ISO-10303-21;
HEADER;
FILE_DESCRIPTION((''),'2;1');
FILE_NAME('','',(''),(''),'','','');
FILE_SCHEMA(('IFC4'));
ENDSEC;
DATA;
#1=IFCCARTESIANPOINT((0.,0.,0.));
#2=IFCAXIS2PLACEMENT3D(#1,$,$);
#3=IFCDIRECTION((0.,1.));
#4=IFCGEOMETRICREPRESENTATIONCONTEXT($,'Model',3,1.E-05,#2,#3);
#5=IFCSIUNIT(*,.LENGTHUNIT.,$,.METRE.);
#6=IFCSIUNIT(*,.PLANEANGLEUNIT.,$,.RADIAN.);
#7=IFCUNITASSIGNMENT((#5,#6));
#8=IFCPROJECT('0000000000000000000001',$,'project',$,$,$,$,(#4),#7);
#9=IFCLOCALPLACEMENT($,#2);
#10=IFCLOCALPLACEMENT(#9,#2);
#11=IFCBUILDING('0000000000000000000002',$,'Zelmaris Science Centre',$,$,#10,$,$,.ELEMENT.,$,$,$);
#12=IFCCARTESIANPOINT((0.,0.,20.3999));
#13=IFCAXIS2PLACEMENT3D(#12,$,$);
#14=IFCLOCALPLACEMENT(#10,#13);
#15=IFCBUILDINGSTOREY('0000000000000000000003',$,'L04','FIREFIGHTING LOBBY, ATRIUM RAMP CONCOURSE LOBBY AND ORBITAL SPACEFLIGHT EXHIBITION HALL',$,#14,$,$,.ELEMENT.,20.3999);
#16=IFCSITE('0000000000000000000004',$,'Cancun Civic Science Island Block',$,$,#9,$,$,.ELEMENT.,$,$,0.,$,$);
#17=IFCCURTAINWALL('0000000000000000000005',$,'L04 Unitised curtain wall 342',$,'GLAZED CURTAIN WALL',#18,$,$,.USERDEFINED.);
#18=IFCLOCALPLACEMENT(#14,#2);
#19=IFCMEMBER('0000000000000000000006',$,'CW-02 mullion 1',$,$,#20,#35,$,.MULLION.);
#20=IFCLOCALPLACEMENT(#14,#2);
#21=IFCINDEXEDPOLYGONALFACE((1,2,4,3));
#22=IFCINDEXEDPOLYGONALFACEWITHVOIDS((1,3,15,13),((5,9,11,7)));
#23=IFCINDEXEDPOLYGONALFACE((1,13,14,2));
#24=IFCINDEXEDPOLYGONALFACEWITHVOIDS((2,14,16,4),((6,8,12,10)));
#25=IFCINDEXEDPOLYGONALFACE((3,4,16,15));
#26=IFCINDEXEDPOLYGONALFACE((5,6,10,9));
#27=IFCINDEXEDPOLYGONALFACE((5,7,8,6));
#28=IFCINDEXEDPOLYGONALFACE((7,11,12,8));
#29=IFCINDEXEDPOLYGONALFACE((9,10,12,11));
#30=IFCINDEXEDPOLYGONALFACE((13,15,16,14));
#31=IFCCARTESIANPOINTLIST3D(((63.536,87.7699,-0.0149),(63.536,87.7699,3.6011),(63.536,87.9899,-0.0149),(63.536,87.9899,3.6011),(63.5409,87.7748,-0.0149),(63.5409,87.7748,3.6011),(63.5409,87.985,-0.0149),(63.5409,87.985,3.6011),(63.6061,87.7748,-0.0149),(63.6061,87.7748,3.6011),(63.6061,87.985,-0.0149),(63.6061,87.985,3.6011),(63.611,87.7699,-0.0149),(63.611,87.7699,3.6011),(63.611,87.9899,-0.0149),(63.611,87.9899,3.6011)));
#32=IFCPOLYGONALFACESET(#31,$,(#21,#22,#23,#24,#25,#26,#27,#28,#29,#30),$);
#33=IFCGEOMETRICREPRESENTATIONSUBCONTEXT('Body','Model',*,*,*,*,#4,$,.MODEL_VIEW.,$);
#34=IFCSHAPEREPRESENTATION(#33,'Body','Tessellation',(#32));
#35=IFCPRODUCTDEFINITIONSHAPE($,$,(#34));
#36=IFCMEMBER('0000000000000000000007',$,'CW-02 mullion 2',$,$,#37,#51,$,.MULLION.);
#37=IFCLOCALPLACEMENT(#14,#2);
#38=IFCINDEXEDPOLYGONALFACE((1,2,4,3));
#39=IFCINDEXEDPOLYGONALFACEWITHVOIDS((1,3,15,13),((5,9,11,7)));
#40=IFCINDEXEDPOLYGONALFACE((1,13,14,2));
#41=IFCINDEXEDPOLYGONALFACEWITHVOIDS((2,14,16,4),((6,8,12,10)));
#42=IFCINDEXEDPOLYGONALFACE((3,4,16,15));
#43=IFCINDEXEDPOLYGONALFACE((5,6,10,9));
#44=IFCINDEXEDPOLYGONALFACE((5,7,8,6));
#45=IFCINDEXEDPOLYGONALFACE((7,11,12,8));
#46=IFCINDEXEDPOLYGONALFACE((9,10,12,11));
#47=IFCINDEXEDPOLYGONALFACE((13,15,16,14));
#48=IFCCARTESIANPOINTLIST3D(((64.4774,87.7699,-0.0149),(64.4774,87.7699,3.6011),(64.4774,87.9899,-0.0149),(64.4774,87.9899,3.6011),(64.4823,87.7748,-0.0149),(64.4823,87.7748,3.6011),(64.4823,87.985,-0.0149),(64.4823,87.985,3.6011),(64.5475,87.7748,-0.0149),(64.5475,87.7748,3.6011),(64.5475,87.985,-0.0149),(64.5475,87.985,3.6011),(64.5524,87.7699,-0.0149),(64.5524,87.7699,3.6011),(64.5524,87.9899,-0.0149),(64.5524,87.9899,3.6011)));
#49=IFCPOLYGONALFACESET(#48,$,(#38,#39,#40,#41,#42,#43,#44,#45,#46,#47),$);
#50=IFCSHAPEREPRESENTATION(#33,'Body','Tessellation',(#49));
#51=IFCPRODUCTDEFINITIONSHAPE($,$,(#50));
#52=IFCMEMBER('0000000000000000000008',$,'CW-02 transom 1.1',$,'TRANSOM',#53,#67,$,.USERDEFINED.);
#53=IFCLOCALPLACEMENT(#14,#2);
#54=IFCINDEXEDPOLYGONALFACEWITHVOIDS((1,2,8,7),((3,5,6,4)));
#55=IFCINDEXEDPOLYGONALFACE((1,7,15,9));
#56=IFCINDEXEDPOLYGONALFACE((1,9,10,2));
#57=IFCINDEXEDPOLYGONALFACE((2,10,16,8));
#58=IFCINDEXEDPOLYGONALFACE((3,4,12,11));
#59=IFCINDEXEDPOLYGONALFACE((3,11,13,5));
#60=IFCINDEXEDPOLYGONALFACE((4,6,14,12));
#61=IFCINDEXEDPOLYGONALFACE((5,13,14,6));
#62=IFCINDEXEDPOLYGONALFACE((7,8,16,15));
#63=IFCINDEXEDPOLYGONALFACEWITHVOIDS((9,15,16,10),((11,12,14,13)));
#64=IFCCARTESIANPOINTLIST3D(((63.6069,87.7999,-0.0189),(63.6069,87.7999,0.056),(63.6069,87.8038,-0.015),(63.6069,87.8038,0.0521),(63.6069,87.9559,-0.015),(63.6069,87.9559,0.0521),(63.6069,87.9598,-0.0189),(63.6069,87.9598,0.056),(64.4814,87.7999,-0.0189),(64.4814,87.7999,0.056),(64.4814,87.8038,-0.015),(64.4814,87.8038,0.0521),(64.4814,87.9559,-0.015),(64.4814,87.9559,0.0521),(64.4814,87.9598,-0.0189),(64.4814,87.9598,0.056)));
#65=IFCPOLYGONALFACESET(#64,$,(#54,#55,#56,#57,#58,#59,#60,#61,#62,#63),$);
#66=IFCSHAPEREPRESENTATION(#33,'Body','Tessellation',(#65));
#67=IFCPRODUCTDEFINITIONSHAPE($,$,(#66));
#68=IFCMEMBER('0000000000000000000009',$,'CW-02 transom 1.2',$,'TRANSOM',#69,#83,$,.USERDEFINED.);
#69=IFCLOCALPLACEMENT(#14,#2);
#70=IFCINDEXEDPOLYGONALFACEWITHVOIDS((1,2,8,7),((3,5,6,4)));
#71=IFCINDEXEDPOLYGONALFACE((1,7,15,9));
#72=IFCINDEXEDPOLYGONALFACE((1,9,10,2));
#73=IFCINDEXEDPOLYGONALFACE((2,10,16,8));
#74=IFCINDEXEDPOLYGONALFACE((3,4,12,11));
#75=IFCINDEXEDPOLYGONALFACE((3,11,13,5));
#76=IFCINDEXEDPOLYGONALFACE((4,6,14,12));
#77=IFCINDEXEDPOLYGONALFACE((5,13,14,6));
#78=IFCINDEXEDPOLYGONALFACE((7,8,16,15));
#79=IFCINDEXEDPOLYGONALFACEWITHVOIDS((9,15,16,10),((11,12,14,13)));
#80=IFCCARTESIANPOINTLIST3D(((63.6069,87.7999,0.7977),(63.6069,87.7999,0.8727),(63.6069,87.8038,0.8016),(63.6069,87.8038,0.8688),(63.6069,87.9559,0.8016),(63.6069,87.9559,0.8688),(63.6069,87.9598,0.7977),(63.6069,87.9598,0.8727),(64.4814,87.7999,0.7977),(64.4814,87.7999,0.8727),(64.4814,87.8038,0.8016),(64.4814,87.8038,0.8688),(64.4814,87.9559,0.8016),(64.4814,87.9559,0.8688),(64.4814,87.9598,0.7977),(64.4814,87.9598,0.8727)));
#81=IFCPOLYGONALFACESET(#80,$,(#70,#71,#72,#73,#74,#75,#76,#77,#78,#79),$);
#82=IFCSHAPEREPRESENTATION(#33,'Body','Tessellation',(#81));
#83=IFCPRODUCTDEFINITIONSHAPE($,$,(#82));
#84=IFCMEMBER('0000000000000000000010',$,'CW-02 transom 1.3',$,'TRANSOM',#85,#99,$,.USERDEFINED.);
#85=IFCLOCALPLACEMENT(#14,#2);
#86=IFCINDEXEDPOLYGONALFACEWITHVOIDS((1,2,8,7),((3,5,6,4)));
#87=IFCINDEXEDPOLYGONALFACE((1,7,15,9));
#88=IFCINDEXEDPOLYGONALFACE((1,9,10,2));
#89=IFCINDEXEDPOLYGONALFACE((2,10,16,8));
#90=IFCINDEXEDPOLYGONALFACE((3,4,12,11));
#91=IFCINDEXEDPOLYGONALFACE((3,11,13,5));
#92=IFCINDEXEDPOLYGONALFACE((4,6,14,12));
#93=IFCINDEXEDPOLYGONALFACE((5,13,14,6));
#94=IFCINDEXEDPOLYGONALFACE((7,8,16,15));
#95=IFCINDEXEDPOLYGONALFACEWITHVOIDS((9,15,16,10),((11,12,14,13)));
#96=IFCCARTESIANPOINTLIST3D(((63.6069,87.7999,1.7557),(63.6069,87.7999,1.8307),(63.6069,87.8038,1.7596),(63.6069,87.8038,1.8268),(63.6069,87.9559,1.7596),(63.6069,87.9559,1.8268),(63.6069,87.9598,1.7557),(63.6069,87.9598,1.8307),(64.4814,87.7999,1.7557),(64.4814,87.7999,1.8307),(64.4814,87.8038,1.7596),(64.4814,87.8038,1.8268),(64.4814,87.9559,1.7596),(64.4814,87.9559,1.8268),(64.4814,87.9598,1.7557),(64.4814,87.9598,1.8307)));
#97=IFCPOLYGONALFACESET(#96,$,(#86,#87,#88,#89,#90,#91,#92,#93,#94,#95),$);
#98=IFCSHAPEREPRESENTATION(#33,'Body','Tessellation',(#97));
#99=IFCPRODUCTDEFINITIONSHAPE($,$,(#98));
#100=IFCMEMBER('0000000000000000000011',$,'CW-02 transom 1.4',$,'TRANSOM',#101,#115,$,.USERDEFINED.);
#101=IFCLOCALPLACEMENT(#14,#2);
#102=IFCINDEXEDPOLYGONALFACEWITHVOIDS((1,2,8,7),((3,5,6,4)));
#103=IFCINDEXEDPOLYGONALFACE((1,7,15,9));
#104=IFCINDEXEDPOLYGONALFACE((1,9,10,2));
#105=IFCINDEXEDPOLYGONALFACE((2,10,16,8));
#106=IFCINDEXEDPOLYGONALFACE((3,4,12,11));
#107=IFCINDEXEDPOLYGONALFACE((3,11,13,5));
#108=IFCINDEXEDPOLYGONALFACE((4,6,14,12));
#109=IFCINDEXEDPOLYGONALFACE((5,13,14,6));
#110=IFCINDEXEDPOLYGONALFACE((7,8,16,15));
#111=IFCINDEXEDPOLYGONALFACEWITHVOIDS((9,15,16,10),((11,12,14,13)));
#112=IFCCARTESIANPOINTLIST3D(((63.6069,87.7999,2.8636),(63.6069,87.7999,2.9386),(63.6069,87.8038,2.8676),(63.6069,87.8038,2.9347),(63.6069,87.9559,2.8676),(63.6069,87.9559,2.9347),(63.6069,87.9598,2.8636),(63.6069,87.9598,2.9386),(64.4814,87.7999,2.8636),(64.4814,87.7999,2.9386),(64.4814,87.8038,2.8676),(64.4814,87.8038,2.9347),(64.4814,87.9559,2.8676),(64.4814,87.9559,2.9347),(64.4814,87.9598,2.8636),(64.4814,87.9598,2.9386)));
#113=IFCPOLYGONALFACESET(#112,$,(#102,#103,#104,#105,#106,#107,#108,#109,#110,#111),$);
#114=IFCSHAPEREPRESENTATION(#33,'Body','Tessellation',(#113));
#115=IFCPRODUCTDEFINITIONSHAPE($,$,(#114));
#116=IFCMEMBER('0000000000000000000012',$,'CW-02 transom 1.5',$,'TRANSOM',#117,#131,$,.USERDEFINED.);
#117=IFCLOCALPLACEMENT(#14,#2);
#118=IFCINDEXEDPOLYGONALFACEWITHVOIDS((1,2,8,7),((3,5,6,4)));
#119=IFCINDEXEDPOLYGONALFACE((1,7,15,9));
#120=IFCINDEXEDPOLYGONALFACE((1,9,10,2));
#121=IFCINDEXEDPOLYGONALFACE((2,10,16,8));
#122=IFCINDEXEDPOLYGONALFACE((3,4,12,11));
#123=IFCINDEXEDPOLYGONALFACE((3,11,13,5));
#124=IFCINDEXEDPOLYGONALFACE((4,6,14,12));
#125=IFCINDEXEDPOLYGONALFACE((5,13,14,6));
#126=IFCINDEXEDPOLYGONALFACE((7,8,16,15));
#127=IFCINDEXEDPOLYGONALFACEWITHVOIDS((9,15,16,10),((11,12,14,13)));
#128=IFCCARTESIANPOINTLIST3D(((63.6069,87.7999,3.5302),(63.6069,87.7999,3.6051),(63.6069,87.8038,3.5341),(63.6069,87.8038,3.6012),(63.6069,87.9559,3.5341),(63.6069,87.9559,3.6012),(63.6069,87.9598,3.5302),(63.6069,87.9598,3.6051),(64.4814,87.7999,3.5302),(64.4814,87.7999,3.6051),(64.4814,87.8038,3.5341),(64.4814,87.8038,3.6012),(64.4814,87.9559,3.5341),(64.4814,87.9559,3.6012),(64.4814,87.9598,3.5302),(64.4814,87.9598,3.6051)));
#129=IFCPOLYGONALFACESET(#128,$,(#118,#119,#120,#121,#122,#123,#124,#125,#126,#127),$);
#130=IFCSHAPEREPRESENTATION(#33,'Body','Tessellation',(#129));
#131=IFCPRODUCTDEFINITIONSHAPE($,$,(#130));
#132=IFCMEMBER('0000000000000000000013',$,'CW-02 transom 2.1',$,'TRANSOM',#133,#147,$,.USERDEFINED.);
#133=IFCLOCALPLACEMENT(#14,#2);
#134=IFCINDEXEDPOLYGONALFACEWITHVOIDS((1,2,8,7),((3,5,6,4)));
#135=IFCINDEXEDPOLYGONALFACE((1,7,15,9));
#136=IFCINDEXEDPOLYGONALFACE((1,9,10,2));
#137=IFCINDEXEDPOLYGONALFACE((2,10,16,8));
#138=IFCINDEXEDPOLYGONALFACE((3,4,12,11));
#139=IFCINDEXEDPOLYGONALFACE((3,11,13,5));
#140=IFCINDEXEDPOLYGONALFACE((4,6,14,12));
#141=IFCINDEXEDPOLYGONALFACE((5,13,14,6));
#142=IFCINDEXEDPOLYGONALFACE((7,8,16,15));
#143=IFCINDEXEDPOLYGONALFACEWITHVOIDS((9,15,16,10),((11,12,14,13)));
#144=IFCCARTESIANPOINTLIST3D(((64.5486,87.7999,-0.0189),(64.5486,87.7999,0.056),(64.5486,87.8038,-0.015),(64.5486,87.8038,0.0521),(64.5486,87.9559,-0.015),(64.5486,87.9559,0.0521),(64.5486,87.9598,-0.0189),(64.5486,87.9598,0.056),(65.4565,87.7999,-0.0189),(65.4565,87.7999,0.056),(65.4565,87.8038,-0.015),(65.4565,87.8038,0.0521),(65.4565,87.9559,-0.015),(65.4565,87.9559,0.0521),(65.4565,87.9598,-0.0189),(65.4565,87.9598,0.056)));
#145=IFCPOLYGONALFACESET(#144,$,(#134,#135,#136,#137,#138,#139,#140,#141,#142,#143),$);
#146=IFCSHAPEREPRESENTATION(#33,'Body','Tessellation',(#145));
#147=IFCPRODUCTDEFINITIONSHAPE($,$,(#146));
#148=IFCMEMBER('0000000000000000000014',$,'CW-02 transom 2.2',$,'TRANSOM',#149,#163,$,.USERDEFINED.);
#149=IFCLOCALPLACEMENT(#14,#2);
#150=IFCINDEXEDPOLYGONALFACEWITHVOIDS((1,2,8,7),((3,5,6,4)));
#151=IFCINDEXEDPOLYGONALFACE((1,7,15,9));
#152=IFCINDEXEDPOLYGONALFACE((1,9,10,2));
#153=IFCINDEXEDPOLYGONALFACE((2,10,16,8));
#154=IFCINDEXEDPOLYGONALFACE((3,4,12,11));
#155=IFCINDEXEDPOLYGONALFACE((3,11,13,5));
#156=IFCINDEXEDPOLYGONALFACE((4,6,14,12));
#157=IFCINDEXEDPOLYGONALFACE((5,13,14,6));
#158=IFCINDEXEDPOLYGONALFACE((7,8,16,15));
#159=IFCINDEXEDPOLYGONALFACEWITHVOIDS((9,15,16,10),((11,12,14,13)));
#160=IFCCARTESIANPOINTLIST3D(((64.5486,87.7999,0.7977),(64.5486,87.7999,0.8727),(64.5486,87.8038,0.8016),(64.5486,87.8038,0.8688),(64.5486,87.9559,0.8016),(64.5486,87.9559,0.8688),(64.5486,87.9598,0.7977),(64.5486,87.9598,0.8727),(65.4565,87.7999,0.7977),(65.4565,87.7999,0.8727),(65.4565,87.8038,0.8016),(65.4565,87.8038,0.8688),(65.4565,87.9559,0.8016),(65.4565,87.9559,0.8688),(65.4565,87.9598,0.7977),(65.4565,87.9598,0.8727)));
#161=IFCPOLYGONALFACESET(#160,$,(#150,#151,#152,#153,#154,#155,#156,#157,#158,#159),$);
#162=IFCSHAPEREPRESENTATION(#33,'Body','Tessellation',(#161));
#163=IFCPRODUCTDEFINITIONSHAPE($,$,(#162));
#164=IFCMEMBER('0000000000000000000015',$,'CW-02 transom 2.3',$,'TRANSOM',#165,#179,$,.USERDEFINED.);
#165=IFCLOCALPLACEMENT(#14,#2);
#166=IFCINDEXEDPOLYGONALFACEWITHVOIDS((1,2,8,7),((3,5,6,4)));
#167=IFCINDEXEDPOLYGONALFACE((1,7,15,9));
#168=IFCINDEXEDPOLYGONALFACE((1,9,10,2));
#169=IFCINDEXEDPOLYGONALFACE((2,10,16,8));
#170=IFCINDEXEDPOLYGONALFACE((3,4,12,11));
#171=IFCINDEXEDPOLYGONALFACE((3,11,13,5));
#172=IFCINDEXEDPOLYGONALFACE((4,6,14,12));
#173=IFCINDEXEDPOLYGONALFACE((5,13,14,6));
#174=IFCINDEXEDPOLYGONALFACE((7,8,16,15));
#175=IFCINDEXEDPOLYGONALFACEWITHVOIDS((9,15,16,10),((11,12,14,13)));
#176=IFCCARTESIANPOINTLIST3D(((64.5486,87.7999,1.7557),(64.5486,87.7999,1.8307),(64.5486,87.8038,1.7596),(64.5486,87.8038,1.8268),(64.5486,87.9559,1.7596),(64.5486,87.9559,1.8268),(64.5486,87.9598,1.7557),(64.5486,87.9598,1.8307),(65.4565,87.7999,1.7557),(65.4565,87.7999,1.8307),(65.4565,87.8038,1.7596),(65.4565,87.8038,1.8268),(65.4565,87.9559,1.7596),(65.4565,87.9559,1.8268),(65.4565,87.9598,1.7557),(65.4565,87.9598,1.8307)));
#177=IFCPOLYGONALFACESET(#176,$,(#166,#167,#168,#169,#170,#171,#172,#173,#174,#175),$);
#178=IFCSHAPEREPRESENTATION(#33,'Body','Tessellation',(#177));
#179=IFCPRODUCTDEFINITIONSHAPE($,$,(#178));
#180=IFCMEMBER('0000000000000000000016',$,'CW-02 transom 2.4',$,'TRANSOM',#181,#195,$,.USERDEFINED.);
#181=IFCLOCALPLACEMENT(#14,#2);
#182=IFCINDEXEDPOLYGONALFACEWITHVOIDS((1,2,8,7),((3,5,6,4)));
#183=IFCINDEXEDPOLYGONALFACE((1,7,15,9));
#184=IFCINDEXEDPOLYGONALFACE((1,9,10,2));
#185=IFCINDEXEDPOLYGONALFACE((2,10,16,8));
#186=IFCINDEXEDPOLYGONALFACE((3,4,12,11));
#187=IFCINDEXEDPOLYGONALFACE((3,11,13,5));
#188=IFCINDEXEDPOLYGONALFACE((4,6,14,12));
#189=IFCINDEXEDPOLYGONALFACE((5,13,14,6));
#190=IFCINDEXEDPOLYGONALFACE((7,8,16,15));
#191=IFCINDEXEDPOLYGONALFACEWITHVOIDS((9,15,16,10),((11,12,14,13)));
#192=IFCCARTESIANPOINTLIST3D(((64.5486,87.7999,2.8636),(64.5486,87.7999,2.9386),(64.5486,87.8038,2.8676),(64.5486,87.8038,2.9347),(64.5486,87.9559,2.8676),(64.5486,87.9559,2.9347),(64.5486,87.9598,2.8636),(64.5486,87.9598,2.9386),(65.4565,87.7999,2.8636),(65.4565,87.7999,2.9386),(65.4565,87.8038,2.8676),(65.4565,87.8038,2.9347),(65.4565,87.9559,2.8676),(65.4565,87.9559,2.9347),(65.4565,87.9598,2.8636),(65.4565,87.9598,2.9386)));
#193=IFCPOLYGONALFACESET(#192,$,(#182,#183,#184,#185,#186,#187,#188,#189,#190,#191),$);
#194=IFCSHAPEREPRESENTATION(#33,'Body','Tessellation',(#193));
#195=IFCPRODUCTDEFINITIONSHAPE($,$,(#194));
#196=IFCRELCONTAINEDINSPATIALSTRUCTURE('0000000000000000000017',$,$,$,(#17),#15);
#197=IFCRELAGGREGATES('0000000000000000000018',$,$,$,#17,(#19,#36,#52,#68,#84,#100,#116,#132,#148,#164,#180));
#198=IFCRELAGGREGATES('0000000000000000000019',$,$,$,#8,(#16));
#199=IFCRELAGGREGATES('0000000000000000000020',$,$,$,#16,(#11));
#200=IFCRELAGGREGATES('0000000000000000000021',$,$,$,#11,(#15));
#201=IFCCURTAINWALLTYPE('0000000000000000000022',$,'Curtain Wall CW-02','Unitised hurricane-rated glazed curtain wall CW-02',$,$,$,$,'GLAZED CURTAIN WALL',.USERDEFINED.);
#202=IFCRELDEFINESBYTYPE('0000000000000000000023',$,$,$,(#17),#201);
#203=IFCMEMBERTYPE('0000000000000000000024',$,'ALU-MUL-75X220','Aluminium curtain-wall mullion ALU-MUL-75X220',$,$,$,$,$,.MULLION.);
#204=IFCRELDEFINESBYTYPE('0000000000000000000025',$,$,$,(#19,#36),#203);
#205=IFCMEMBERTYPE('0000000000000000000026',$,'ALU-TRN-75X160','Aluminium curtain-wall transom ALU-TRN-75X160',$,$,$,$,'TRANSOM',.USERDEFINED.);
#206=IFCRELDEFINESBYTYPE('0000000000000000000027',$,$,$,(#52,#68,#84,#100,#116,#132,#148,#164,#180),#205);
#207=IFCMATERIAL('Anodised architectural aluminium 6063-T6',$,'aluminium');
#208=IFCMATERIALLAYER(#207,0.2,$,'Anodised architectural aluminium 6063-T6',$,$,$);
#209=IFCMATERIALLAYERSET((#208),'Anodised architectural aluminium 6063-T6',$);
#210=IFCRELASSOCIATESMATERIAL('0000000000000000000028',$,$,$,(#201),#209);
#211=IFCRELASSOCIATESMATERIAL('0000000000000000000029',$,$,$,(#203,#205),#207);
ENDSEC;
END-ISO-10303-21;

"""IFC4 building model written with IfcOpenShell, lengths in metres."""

from ifc_helpers import new_model, si_unit, direction, frame, origin, origin_2d, place, context, subcontext, project, spatial, hollow_rectangle, extrude, material, layer, layer_set, material_profile, profile_set, type_object, element, aggregate, save


model = new_model("IFC4")

# Units and contexts
model_context = context("Model", 3, precision=1e-05, world=origin(), true_north=direction((0.0, 1.0)))
body_context = subcontext(model_context, "Body", "Model", "MODEL_VIEW")
ifc_project = project(units=[si_unit("LENGTHUNIT", "METRE"), si_unit("PLANEANGLEUNIT", "RADIAN")], contexts=[model_context])

# Site, building, storey
site_placement = place(None, origin())
site = spatial("IfcSite", under=ifc_project, at=site_placement, Name="Cancun Civic Science Island Block", CompositionType="ELEMENT", RefElevation=0.0)
building_placement = place(site_placement, origin())
building = spatial("IfcBuilding", under=site, at=building_placement, Name="Zelmaris Science Centre", CompositionType="ELEMENT")
storey_placement = place(building_placement, frame((0.0, 0.0, 20.3999)))
storey = spatial("IfcBuildingStorey", under=building, at=storey_placement, Name="L04", Description="FIREFIGHTING LOBBY, ATRIUM RAMP CONCOURSE LOBBY AND ORBITAL SPACEFLIGHT EXHIBITION HALL", CompositionType="ELEMENT", Elevation=20.3999)

# Curtain wall, members
ifc_material_1 = material(Name="Anodised architectural aluminium 6063-T6", Category="aluminium")
ifc_layer_1 = layer(ifc_material_1, 0.2, Name="Anodised architectural aluminium 6063-T6")
ifc_layer_set_1 = layer_set([ifc_layer_1], Name="Anodised architectural aluminium 6063-T6")
curtain_wall_type = type_object("IfcCurtainWallType", Name="Curtain Wall CW-02", Description="Unitised hurricane-rated glazed curtain wall CW-02", ElementType="GLAZED CURTAIN WALL", PredefinedType="USERDEFINED", material=ifc_layer_set_1)
curtain_wall_placement = place(storey_placement, origin())
curtain_wall = element("IfcCurtainWall", 1, at=curtain_wall_placement, inside=storey, type_object=curtain_wall_type, Name="L04 Unitised curtain wall 342", ObjectType="GLAZED CURTAIN WALL", PredefinedType="USERDEFINED")
ifc_material_profile_1 = material_profile(ifc_material_1, hollow_rectangle(XDim=0.075, YDim=0.22, WallThickness=0.0049, at=origin_2d()), Name="ALU-MUL-75X220")
ifc_profile_set_1 = profile_set([ifc_material_profile_1], Name="Anodised architectural aluminium 6063-T6")
member_type_1 = type_object("IfcMemberType", Name="ALU-MUL-75X220", Description="Aluminium curtain-wall mullion ALU-MUL-75X220", PredefinedType="MULLION", material=ifc_profile_set_1)
member_1_placement = place(storey_placement, frame((63.5735, 87.8799, -0.0149), z_axis=(0.0, 0.0, 1.0), x_axis=(1.0, 0.0, 0.0)))
member_1 = element("IfcMember", 2, at=member_1_placement, type_object=member_type_1, Name="CW-02 mullion 1", PredefinedType="MULLION", context=body_context, shape_type="SweptSolid", body=[
    extrude(hollow_rectangle(XDim=0.075, YDim=0.22, WallThickness=0.0049, at=origin_2d()), origin(), (0.0, 0.0, 1.0), 3.616),
])
member_2_placement = place(storey_placement, frame((64.5149, 87.8799, -0.0149), z_axis=(0.0, 0.0, 1.0), x_axis=(1.0, 0.0, 0.0)))
member_2 = element("IfcMember", 3, at=member_2_placement, type_object=member_type_1, Name="CW-02 mullion 2", PredefinedType="MULLION", context=body_context, shape_type="SweptSolid", body=[
    extrude(hollow_rectangle(XDim=0.075, YDim=0.22, WallThickness=0.0049, at=origin_2d()), origin(), (0.0, 0.0, 1.0), 3.616),
])
ifc_material_profile_2 = material_profile(ifc_material_1, hollow_rectangle(XDim=0.075, YDim=0.1599, WallThickness=0.0039, at=origin_2d()), Name="ALU-TRN-75X160")
ifc_profile_set_2 = profile_set([ifc_material_profile_2], Name="Anodised architectural aluminium 6063-T6")
member_type_2 = type_object("IfcMemberType", Name="ALU-TRN-75X160", Description="Aluminium curtain-wall transom ALU-TRN-75X160", ElementType="TRANSOM", PredefinedType="USERDEFINED", material=ifc_profile_set_2)
member_3_placement = place(storey_placement, frame((63.6069, 87.8799, 0.0186), z_axis=(1.0, 0.0, 0.0), x_axis=(0.0, 0.0, 1.0)))
member_3 = element("IfcMember", 4, at=member_3_placement, type_object=member_type_2, Name="CW-02 transom 1.1", ObjectType="TRANSOM", PredefinedType="USERDEFINED", context=body_context, shape_type="SweptSolid", body=[
    extrude(hollow_rectangle(XDim=0.075, YDim=0.1599, WallThickness=0.0039, at=origin_2d()), origin(), (0.0, 0.0, 1.0), 0.8745),
])
member_4_placement = place(storey_placement, frame((63.6069, 87.8799, 0.8352), z_axis=(1.0, 0.0, 0.0), x_axis=(0.0, 0.0, 1.0)))
member_4 = element("IfcMember", 5, at=member_4_placement, type_object=member_type_2, Name="CW-02 transom 1.2", ObjectType="TRANSOM", PredefinedType="USERDEFINED", context=body_context, shape_type="SweptSolid", body=[
    extrude(hollow_rectangle(XDim=0.075, YDim=0.1599, WallThickness=0.0039, at=origin_2d()), origin(), (0.0, 0.0, 1.0), 0.8745),
])
member_5_placement = place(storey_placement, frame((63.6069, 87.8799, 1.7932), z_axis=(1.0, 0.0, 0.0), x_axis=(0.0, 0.0, 1.0)))
member_5 = element("IfcMember", 6, at=member_5_placement, type_object=member_type_2, Name="CW-02 transom 1.3", ObjectType="TRANSOM", PredefinedType="USERDEFINED", context=body_context, shape_type="SweptSolid", body=[
    extrude(hollow_rectangle(XDim=0.075, YDim=0.1599, WallThickness=0.0039, at=origin_2d()), origin(), (0.0, 0.0, 1.0), 0.8745),
])
member_6_placement = place(storey_placement, frame((63.6069, 87.8799, 2.9011), z_axis=(1.0, 0.0, 0.0), x_axis=(0.0, 0.0, 1.0)))
member_6 = element("IfcMember", 7, at=member_6_placement, type_object=member_type_2, Name="CW-02 transom 1.4", ObjectType="TRANSOM", PredefinedType="USERDEFINED", context=body_context, shape_type="SweptSolid", body=[
    extrude(hollow_rectangle(XDim=0.075, YDim=0.1599, WallThickness=0.0039, at=origin_2d()), origin(), (0.0, 0.0, 1.0), 0.8745),
])
member_7_placement = place(storey_placement, frame((63.6069, 87.8799, 3.5676), z_axis=(1.0, 0.0, 0.0), x_axis=(0.0, 0.0, 1.0)))
member_7 = element("IfcMember", 8, at=member_7_placement, type_object=member_type_2, Name="CW-02 transom 1.5", ObjectType="TRANSOM", PredefinedType="USERDEFINED", context=body_context, shape_type="SweptSolid", body=[
    extrude(hollow_rectangle(XDim=0.075, YDim=0.1599, WallThickness=0.0039, at=origin_2d()), origin(), (0.0, 0.0, 1.0), 0.8745),
])
member_8_placement = place(storey_placement, frame((64.5486, 87.8799, 0.0186), z_axis=(1.0, 0.0, 0.0), x_axis=(0.0, 0.0, 1.0)))
member_8 = element("IfcMember", 9, at=member_8_placement, type_object=member_type_2, Name="CW-02 transom 2.1", ObjectType="TRANSOM", PredefinedType="USERDEFINED", context=body_context, shape_type="SweptSolid", body=[
    extrude(hollow_rectangle(XDim=0.075, YDim=0.1599, WallThickness=0.0039, at=origin_2d()), origin(), (0.0, 0.0, 1.0), 0.908),
])
member_9_placement = place(storey_placement, frame((64.5486, 87.8799, 0.8352), z_axis=(1.0, 0.0, 0.0), x_axis=(0.0, 0.0, 1.0)))
member_9 = element("IfcMember", 10, at=member_9_placement, type_object=member_type_2, Name="CW-02 transom 2.2", ObjectType="TRANSOM", PredefinedType="USERDEFINED", context=body_context, shape_type="SweptSolid", body=[
    extrude(hollow_rectangle(XDim=0.075, YDim=0.1599, WallThickness=0.0039, at=origin_2d()), origin(), (0.0, 0.0, 1.0), 0.908),
])
member_10_placement = place(storey_placement, frame((64.5486, 87.8799, 1.7932), z_axis=(1.0, 0.0, 0.0), x_axis=(0.0, 0.0, 1.0)))
member_10 = element("IfcMember", 11, at=member_10_placement, type_object=member_type_2, Name="CW-02 transom 2.3", ObjectType="TRANSOM", PredefinedType="USERDEFINED", context=body_context, shape_type="SweptSolid", body=[
    extrude(hollow_rectangle(XDim=0.075, YDim=0.1599, WallThickness=0.0039, at=origin_2d()), origin(), (0.0, 0.0, 1.0), 0.908),
])
member_11_placement = place(storey_placement, frame((64.5486, 87.8799, 2.9011), z_axis=(1.0, 0.0, 0.0), x_axis=(0.0, 0.0, 1.0)))
member_11 = element("IfcMember", 12, at=member_11_placement, type_object=member_type_2, Name="CW-02 transom 2.4", ObjectType="TRANSOM", PredefinedType="USERDEFINED", context=body_context, shape_type="SweptSolid", body=[
    extrude(hollow_rectangle(XDim=0.075, YDim=0.1599, WallThickness=0.0039, at=origin_2d()), origin(), (0.0, 0.0, 1.0), 0.908),
])

aggregate(curtain_wall, [member_1, member_2, member_3, member_4, member_5, member_6, member_7, member_8, member_9, member_10, member_11])

save(model, "model.ifc")
